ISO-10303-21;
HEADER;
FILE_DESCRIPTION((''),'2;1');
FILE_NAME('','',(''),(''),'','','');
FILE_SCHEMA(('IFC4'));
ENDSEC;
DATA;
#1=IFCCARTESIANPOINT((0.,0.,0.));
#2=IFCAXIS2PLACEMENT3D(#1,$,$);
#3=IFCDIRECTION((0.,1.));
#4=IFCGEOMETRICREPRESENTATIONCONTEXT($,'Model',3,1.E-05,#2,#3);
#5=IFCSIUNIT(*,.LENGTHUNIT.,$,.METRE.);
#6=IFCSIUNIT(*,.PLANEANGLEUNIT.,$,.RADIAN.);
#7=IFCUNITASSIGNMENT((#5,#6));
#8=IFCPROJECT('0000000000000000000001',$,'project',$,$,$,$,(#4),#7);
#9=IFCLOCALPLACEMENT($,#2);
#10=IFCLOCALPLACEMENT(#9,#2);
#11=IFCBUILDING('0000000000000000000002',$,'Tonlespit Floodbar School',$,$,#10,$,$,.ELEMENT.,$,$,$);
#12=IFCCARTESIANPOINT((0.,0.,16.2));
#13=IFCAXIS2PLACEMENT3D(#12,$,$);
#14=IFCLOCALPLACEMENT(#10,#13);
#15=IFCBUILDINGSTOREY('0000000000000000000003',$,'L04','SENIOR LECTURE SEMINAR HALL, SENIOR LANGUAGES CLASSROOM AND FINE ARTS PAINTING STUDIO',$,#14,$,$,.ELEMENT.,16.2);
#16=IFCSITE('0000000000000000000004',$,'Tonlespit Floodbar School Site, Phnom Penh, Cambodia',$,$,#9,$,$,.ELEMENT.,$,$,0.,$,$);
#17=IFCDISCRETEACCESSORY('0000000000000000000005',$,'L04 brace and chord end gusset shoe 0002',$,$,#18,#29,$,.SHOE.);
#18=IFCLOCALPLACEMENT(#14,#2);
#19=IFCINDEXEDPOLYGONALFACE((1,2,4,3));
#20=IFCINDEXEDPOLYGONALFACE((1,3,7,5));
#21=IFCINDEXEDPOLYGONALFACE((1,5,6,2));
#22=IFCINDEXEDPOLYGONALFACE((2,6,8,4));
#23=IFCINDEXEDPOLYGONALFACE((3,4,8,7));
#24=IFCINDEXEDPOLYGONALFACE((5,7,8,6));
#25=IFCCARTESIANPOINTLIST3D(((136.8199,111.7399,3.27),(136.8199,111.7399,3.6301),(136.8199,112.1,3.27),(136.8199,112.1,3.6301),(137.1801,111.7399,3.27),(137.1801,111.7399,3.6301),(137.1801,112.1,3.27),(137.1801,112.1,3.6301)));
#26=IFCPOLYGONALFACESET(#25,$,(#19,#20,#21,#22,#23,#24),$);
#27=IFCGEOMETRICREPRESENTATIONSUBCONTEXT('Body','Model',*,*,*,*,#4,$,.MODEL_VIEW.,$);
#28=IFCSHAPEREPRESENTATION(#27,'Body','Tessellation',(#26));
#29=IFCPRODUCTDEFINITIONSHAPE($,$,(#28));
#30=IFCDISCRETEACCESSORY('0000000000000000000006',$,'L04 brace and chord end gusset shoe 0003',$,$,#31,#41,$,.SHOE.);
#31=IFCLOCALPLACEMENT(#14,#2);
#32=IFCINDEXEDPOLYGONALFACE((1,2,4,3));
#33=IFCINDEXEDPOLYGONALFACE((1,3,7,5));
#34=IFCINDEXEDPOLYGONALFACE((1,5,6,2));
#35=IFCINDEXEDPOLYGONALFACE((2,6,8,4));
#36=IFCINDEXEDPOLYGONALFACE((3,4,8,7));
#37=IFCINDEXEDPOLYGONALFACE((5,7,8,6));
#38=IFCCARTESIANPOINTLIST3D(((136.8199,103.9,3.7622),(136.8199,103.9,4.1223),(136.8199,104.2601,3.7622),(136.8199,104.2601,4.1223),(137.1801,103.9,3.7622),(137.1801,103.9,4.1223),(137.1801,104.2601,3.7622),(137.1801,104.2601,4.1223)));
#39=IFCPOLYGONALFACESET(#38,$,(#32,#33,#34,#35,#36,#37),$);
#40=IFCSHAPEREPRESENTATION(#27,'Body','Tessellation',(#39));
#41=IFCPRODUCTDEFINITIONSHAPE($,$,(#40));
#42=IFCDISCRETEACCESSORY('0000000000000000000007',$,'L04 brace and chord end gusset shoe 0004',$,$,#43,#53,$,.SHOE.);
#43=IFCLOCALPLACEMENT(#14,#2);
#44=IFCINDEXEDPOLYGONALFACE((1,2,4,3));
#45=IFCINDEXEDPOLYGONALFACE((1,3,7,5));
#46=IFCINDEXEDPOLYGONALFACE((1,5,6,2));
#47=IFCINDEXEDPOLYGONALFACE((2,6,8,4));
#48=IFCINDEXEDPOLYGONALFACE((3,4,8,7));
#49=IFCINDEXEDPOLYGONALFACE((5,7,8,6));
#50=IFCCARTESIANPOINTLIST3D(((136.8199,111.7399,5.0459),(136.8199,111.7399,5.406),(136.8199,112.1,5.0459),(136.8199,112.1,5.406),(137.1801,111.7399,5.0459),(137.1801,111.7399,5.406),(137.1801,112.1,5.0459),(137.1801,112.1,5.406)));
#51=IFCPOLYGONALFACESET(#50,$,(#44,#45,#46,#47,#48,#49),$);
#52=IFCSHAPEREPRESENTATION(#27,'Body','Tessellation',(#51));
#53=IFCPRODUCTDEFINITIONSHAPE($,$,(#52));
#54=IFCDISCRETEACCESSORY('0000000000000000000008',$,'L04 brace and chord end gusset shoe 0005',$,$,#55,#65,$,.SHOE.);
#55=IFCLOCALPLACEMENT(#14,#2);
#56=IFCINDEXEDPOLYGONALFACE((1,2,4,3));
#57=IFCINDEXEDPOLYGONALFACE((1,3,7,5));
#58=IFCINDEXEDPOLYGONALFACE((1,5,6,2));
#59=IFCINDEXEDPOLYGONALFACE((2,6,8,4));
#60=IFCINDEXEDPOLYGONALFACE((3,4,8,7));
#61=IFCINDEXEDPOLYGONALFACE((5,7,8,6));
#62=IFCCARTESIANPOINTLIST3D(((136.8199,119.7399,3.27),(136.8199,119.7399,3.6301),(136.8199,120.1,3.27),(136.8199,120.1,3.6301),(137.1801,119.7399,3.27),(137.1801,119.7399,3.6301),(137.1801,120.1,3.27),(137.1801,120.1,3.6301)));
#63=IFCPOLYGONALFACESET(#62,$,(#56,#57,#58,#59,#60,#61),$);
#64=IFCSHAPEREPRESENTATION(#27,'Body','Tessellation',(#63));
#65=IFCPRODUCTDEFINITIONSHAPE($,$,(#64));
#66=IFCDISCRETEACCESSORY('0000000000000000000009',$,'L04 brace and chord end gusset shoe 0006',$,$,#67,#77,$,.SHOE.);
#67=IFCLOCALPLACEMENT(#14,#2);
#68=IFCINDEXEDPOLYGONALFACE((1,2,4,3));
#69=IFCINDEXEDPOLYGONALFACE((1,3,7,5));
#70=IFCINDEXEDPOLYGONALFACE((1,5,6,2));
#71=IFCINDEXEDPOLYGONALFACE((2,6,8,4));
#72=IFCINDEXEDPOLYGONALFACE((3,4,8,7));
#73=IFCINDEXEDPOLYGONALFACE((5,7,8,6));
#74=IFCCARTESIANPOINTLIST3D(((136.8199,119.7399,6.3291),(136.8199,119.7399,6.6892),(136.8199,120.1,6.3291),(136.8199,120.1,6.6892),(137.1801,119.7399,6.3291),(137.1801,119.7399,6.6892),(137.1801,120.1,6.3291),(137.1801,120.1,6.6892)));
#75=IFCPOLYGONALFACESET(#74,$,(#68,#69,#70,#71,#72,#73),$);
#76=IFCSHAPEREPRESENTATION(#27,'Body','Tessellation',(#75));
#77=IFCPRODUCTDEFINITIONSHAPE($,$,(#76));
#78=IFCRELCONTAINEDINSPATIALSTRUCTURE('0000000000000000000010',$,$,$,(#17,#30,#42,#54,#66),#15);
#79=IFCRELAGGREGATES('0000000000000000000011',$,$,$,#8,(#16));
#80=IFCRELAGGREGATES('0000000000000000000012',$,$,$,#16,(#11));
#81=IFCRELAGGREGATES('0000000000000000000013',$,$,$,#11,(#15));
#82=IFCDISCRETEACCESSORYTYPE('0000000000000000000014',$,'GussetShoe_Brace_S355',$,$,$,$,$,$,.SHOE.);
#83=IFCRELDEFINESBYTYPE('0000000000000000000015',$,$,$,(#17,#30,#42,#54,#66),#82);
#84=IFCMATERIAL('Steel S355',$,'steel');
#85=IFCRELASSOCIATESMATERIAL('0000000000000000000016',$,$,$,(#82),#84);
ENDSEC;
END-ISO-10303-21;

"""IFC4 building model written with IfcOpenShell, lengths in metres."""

from ifc_helpers import new_model, si_unit, direction, frame, origin, origin_2d, place, context, subcontext, project, spatial, rectangle, extrude, material, type_object, element, save


model = new_model("IFC4")

# Units and contexts
model_context = context("Model", 3, precision=1e-05, world=origin(), true_north=direction((0.0, 1.0)))
body_context = subcontext(model_context, "Body", "Model", "MODEL_VIEW")
ifc_project = project(units=[si_unit("LENGTHUNIT", "METRE"), si_unit("PLANEANGLEUNIT", "RADIAN")], contexts=[model_context])

# Site, building, storey
site_placement = place(None, origin())
site = spatial("IfcSite", under=ifc_project, at=site_placement, Name="Tonlespit Floodbar School Site, Phnom Penh, Cambodia", CompositionType="ELEMENT", RefElevation=0.0)
building_placement = place(site_placement, origin())
building = spatial("IfcBuilding", under=site, at=building_placement, Name="Tonlespit Floodbar School", CompositionType="ELEMENT")
storey_placement = place(building_placement, frame((0.0, 0.0, 16.2)))
storey = spatial("IfcBuildingStorey", under=building, at=storey_placement, Name="L04", Description="SENIOR LECTURE SEMINAR HALL, SENIOR LANGUAGES CLASSROOM AND FINE ARTS PAINTING STUDIO", CompositionType="ELEMENT", Elevation=16.2)

# Shared definitions
ifc_material_1 = material(Name="Steel S355", Category="steel")

# Discrete accessories
discrete_accessory_type = type_object("IfcDiscreteAccessoryType", Name="GussetShoe_Brace_S355", PredefinedType="SHOE", material=ifc_material_1)
for number, where, z_axis, x_axis, name in (
    (1, (137.0, 111.9199, 3.27), (0.0, 0.0, 1.0), (1.0, 0.0, 0.0), "L04 brace and chord end gusset shoe 0002"),
    (2, (137.0, 104.0801, 3.7622), (0.0, 0.0, 1.0), (1.0, 0.0, 0.0), "L04 brace and chord end gusset shoe 0003"),
    (3, (137.0, 111.9199, 5.0459), (0.0, 0.0, 1.0), (1.0, 0.0, 0.0), "L04 brace and chord end gusset shoe 0004"),
    (4, (137.0, 119.9199, 3.27), (0.0, 0.0, 1.0), (1.0, 0.0, 0.0), "L04 brace and chord end gusset shoe 0005"),
    (5, (137.0, 119.9199, 6.3291), (0.0, 0.0, 1.0), (1.0, 0.0, 0.0), "L04 brace and chord end gusset shoe 0006"),
):
    element("IfcDiscreteAccessory", number, at=place(storey_placement, frame(where, z_axis=z_axis, x_axis=x_axis)), inside=storey, type_object=discrete_accessory_type, Name=name, PredefinedType="SHOE", context=body_context, shape_type="SweptSolid", body=[
        extrude(rectangle(XDim=0.3601, YDim=0.3601, at=origin_2d()), origin(), (0.0, 0.0, 1.0), 0.3601),
    ])

save(model, "model.ifc")
